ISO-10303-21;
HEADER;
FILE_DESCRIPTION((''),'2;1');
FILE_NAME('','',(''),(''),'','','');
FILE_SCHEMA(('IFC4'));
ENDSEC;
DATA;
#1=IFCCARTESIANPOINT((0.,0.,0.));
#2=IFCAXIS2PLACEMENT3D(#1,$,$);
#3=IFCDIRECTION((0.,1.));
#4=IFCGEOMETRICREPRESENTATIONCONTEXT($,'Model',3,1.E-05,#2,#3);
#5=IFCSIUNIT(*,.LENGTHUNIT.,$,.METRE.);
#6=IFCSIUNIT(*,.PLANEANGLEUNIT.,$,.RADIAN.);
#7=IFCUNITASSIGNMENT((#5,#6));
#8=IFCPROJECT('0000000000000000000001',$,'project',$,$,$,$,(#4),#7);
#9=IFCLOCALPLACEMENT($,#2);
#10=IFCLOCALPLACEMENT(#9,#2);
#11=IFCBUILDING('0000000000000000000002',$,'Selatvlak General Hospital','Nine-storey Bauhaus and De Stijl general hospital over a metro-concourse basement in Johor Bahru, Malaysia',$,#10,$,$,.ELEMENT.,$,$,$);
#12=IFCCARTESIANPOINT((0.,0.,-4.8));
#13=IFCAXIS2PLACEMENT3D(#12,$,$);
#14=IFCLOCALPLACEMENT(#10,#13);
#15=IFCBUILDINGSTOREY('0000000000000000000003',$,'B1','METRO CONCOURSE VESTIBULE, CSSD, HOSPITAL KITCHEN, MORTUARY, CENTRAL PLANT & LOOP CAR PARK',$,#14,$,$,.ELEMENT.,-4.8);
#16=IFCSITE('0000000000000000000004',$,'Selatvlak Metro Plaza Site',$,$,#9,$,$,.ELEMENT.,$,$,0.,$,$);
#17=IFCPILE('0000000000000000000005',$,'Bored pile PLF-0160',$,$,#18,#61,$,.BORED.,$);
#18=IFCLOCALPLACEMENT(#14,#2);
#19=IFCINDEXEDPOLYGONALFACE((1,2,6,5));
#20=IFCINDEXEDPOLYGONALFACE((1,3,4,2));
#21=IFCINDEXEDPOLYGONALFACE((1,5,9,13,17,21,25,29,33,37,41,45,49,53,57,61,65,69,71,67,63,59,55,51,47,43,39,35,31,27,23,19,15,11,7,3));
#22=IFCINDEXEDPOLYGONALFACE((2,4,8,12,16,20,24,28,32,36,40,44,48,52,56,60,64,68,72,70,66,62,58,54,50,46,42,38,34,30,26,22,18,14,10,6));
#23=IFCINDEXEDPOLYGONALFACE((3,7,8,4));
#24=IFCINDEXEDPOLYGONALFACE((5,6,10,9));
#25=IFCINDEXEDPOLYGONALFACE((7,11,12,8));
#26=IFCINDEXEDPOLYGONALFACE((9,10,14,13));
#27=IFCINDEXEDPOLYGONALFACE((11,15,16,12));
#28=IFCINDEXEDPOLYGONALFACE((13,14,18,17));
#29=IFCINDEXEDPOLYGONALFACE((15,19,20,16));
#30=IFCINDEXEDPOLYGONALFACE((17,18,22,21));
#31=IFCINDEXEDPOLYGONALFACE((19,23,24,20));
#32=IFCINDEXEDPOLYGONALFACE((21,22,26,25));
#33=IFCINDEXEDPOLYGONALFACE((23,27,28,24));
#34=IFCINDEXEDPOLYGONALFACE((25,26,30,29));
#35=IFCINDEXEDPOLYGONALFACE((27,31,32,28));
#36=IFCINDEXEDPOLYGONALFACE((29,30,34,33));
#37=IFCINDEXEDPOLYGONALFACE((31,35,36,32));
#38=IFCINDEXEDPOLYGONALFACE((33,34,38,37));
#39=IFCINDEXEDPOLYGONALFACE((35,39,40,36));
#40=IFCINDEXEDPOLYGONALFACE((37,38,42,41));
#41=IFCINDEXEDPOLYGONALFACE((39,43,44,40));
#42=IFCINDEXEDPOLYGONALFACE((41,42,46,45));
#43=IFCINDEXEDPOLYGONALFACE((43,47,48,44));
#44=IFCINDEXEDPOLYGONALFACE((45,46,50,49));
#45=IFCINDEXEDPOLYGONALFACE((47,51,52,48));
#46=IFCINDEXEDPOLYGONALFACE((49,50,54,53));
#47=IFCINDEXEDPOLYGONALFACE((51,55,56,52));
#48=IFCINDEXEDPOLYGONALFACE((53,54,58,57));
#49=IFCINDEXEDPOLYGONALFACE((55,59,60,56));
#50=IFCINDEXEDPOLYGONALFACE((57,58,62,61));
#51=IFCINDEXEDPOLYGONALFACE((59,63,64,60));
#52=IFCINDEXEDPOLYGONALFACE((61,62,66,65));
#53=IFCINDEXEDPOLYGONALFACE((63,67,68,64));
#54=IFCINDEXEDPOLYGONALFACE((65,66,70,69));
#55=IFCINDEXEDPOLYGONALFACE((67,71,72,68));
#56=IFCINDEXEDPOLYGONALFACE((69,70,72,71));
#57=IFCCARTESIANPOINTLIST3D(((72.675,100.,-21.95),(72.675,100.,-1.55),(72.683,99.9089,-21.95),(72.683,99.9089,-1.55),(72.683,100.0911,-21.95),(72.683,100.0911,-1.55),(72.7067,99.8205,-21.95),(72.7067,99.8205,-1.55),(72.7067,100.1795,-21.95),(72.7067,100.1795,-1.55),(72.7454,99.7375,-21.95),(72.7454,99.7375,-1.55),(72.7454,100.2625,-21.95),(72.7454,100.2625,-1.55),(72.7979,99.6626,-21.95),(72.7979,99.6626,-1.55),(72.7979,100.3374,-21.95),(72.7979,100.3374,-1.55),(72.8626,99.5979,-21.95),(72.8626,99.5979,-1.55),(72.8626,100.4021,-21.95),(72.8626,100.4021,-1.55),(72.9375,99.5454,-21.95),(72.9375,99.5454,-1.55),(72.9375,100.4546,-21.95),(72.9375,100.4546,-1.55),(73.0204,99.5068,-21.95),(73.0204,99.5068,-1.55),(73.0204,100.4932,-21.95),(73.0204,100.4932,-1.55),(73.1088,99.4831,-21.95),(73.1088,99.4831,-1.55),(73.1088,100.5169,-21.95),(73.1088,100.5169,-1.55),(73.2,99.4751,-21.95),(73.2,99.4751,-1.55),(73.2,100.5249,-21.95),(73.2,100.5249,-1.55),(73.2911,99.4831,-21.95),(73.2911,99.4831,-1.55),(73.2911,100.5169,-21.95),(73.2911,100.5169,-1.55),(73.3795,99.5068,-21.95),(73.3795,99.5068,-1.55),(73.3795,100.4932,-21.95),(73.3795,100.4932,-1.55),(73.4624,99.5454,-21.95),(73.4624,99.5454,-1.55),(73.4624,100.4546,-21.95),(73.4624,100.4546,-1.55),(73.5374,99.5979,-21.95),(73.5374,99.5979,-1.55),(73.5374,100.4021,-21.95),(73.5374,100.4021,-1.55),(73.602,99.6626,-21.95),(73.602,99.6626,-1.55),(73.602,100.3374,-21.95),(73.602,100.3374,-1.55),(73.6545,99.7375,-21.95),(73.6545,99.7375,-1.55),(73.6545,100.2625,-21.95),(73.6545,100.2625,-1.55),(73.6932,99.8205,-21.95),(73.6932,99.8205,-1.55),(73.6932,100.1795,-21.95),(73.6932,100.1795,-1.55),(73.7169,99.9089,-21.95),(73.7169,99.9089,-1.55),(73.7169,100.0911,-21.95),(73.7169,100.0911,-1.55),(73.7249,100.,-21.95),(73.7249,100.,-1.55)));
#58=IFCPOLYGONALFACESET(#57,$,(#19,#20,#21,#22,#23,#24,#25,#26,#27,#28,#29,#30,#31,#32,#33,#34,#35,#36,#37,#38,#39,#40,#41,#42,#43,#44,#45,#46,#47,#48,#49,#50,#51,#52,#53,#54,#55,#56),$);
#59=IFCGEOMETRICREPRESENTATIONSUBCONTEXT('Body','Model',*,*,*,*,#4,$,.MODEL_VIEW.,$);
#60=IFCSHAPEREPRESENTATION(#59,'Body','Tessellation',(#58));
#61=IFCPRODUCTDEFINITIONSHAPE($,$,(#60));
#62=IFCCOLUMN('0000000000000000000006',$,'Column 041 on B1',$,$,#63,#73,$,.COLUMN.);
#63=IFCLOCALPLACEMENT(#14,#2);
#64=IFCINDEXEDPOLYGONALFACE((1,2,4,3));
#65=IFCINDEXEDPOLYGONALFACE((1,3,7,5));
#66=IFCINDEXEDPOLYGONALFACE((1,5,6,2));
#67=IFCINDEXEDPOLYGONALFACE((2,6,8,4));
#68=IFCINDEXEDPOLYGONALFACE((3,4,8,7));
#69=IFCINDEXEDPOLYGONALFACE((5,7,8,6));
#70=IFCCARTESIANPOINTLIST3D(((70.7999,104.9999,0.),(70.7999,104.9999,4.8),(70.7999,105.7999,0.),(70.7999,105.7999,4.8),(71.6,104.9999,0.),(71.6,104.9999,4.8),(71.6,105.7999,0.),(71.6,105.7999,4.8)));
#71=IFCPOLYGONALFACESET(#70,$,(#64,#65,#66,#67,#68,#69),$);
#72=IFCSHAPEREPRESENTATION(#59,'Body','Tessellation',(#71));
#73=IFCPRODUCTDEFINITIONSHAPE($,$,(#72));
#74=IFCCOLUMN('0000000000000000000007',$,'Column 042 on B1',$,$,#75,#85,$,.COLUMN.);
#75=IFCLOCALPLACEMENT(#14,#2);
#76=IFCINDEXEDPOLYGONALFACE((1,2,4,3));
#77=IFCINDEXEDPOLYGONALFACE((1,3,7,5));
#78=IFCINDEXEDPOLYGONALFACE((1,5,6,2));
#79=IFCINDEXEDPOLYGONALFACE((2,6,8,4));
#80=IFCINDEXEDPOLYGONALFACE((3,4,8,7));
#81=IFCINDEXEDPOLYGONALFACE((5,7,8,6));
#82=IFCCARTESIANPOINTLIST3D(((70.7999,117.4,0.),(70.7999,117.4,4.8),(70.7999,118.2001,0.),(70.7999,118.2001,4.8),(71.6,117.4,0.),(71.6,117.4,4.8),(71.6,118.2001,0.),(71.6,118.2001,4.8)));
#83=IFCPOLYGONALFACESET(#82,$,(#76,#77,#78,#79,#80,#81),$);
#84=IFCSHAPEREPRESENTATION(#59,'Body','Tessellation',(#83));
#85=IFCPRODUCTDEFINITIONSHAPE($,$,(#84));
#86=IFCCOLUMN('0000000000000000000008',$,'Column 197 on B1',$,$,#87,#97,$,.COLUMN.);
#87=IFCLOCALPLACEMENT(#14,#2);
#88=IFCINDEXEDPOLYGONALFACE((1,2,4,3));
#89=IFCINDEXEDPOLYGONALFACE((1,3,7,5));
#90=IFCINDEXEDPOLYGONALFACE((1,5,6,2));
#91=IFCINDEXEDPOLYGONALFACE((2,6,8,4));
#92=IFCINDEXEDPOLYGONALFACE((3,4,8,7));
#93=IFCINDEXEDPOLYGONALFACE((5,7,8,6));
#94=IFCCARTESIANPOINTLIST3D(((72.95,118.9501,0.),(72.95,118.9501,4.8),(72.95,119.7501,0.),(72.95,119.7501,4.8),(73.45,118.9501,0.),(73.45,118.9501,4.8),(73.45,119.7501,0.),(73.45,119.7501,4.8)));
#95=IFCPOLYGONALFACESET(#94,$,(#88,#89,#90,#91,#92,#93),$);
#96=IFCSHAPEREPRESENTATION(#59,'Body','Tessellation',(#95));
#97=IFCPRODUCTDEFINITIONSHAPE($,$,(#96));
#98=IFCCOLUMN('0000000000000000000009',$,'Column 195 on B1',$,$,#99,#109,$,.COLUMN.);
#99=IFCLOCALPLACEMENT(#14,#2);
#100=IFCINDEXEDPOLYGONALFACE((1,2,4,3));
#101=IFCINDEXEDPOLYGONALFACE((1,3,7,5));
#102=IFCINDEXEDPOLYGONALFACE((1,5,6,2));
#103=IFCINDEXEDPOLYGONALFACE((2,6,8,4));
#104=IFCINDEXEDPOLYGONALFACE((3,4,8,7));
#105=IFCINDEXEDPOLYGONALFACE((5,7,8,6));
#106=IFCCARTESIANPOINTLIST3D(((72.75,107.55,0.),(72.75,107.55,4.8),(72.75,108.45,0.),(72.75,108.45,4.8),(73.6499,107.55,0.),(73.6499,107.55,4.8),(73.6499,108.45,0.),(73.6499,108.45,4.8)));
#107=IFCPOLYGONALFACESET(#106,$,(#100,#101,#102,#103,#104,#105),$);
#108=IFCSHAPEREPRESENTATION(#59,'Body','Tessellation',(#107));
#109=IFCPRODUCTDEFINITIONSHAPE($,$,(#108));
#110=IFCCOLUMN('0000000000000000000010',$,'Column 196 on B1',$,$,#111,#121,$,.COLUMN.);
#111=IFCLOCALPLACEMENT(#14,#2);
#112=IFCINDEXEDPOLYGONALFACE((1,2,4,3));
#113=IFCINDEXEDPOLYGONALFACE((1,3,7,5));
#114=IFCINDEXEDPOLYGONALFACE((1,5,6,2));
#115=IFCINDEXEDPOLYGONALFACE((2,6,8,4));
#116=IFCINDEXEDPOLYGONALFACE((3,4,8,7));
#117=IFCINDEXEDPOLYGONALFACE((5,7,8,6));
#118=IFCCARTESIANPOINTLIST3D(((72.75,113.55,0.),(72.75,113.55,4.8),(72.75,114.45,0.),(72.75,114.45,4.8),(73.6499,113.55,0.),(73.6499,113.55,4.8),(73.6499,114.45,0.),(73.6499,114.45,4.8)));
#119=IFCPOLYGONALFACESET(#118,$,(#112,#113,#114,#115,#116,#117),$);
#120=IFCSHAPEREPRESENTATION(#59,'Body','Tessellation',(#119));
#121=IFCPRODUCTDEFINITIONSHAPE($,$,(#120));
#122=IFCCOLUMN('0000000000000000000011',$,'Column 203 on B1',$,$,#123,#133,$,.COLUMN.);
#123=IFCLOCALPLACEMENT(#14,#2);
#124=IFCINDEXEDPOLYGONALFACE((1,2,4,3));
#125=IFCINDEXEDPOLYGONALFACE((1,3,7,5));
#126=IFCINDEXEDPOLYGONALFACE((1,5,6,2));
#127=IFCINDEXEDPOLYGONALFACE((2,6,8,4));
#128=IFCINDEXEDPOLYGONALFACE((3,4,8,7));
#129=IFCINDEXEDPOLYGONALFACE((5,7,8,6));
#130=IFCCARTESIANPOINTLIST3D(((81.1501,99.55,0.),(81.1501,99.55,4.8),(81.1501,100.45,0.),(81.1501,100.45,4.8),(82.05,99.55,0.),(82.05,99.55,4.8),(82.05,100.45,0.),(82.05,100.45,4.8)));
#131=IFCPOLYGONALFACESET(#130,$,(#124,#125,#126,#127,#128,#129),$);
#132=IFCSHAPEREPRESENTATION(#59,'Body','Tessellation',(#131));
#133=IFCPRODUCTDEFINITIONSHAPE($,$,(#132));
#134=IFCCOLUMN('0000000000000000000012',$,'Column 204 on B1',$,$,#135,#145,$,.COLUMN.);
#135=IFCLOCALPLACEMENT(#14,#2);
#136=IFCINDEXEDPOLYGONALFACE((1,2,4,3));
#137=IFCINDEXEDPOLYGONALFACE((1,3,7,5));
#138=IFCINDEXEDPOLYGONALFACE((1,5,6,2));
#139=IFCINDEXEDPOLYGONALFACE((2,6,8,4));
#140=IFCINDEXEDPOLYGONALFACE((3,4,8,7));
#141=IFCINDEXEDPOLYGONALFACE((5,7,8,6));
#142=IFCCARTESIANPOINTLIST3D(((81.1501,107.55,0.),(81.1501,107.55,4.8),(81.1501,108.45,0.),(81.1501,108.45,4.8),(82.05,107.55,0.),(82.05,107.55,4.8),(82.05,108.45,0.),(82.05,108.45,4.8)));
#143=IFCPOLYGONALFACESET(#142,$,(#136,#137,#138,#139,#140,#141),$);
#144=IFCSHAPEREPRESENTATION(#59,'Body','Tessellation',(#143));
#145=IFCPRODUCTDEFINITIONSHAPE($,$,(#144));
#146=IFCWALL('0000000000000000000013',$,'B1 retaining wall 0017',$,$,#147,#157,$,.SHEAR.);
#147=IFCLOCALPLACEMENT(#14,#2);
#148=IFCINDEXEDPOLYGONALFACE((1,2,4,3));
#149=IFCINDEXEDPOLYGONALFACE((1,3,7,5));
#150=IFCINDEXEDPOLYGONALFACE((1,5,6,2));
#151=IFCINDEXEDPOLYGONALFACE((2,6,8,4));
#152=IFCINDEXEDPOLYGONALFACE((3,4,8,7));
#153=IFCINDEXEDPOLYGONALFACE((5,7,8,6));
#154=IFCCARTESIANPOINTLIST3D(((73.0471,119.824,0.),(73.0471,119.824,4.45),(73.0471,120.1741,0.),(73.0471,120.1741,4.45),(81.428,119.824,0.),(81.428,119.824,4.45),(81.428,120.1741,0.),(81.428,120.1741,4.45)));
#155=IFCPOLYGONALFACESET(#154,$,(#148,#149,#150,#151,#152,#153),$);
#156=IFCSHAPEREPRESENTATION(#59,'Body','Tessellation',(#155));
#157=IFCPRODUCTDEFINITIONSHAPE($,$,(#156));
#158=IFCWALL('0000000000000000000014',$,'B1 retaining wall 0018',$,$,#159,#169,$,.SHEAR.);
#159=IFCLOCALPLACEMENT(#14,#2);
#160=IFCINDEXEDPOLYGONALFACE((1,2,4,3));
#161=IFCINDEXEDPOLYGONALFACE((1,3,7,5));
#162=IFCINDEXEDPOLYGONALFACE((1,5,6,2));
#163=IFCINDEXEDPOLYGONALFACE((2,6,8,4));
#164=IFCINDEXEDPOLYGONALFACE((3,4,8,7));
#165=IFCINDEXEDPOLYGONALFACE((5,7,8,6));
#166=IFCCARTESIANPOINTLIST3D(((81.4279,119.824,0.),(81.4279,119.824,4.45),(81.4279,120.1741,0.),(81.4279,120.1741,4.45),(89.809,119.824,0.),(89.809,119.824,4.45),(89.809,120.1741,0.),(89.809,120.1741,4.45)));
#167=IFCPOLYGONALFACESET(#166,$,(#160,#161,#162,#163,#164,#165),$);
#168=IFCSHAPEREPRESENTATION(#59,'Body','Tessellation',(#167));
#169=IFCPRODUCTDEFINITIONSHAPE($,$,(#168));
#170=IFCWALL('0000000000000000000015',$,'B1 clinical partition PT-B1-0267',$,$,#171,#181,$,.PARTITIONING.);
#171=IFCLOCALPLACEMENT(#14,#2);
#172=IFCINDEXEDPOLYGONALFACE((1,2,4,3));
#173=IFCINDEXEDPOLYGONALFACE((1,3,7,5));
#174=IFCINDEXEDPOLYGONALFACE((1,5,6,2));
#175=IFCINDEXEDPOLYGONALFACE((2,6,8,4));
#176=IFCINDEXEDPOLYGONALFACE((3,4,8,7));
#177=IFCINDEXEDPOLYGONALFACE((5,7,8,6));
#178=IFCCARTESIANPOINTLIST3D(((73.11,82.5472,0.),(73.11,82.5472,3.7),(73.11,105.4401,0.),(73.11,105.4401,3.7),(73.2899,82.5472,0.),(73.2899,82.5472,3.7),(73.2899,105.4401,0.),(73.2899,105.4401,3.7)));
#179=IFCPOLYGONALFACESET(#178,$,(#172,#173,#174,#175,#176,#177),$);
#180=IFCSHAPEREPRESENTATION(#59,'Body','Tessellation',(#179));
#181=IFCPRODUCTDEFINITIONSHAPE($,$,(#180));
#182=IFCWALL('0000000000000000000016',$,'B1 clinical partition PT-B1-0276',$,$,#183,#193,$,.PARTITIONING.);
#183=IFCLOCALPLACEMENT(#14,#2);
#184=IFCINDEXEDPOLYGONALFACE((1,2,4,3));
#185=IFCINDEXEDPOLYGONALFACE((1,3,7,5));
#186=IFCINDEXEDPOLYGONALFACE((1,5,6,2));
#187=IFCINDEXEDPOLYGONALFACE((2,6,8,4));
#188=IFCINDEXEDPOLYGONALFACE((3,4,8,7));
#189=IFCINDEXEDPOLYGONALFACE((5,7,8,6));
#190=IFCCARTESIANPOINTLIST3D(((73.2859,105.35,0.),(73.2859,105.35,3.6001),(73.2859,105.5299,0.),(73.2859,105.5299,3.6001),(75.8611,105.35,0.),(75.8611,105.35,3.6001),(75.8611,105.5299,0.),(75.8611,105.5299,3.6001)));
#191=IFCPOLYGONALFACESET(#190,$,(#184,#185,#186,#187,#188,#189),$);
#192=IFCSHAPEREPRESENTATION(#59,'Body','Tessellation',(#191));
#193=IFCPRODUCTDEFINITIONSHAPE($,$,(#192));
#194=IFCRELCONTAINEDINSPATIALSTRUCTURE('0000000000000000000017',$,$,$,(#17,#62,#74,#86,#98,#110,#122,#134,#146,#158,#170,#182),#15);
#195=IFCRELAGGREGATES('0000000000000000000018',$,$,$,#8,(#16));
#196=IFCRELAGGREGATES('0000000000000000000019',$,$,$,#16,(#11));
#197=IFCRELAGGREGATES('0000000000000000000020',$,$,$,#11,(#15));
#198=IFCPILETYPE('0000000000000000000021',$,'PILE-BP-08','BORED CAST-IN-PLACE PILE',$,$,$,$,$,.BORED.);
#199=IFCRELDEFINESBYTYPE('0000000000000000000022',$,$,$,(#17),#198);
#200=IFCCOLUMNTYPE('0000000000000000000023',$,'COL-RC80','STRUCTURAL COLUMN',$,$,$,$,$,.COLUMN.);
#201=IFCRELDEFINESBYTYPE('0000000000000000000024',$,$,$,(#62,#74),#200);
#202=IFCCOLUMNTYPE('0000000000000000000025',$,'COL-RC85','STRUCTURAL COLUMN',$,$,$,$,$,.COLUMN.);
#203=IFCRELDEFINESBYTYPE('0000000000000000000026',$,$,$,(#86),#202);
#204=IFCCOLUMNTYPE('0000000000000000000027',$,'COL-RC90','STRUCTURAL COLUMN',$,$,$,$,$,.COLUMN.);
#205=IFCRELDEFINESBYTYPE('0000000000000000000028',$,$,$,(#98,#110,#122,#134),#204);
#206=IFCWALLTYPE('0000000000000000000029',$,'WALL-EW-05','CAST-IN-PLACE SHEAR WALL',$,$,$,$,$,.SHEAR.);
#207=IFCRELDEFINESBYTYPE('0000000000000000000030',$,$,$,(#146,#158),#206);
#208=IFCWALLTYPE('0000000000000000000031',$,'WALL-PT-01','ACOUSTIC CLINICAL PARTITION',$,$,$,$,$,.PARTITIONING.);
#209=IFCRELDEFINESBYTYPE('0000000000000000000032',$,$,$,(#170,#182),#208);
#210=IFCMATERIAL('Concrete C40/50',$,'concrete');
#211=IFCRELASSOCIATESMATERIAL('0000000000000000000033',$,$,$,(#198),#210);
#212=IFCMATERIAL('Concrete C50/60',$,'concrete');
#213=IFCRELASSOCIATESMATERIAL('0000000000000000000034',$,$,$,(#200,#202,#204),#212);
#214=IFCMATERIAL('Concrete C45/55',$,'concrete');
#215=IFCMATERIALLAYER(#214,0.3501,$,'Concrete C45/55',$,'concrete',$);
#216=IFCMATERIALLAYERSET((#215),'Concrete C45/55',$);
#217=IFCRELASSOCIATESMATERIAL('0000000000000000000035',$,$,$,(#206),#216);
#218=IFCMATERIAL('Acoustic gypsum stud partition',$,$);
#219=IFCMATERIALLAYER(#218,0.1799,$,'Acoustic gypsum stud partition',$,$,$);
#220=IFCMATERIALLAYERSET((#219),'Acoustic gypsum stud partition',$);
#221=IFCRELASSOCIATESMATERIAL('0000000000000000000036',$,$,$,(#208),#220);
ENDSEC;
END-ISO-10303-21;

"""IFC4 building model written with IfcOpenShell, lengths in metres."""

from ifc_helpers import new_model, si_unit, direction, frame, frame_2d, origin, origin_2d, place, context, subcontext, project, spatial, rectangle, circle, extrude, material, layer, layer_set, material_profile, profile_set, type_object, element, save


model = new_model("IFC4")

# Units and contexts
model_context = context("Model", 3, precision=1e-05, world=origin(), true_north=direction((0.0, 1.0)))
body_context = subcontext(model_context, "Body", "Model", "MODEL_VIEW")
ifc_project = project(units=[si_unit("LENGTHUNIT", "METRE"), si_unit("PLANEANGLEUNIT", "RADIAN")], contexts=[model_context])

# Site, building, storey
site_placement = place(None, origin())
site = spatial("IfcSite", under=ifc_project, at=site_placement, Name="Selatvlak Metro Plaza Site", CompositionType="ELEMENT", RefElevation=0.0)
building_placement = place(site_placement, origin())
building = spatial("IfcBuilding", under=site, at=building_placement, Name="Selatvlak General Hospital", Description="Nine-storey Bauhaus and De Stijl general hospital over a metro-concourse basement in Johor Bahru, Malaysia", CompositionType="ELEMENT")
storey_placement = place(building_placement, frame((0.0, 0.0, -4.8)))
storey = spatial("IfcBuildingStorey", under=building, at=storey_placement, Name="B1", Description="METRO CONCOURSE VESTIBULE, CSSD, HOSPITAL KITCHEN, MORTUARY, CENTRAL PLANT & LOOP CAR PARK", CompositionType="ELEMENT", Elevation=-4.8)

# Shared definitions
ifc_material_1 = material(Name="Concrete C40/50", Category="concrete")

# Pile
ifc_material_profile_1 = material_profile(ifc_material_1, circle(Radius=0.5249, at=origin_2d()), Name="BORED PILE 1050")
ifc_profile_set_1 = profile_set([ifc_material_profile_1], Name="Concrete C40/50")
pile_type_1 = type_object("IfcPileType", Name="PILE-BP-08", Description="BORED CAST-IN-PLACE PILE", PredefinedType="BORED", material=ifc_profile_set_1)
pile_placement = place(storey_placement, frame((73.2, 100.0, -1.55), z_axis=(0.0, 0.0, -1.0), x_axis=(1.0, 0.0, 0.0)))
element("IfcPile", 1, at=pile_placement, inside=storey, type_object=pile_type_1, Name="Bored pile PLF-0160", PredefinedType="BORED", context=body_context, shape_type="SweptSolid", body=[
    extrude(circle(Radius=0.5249, at=origin_2d()), origin(), (0.0, 0.0, 1.0), 20.3999),
])

# Columns
ifc_material_2 = material(Name="Concrete C50/60", Category="concrete")
ifc_material_profile_2 = material_profile(ifc_material_2, rectangle(XDim=0.8, YDim=0.8, at=origin_2d()), Name="RC-COL 800x800")
ifc_profile_set_2 = profile_set([ifc_material_profile_2], Name="Concrete C50/60")
column_type_1 = type_object("IfcColumnType", Name="COL-RC80", Description="STRUCTURAL COLUMN", PredefinedType="COLUMN", material=ifc_profile_set_2)
for number, where, z_axis, x_axis, name in (
    (2, (71.2, 105.3999, 0.0), (0.0, 0.0, 1.0), (1.0, 0.0, 0.0), "Column 041 on B1"),
    (3, (71.2, 117.8, 0.0), (0.0, 0.0, 1.0), (1.0, 0.0, 0.0), "Column 042 on B1"),
):
    element("IfcColumn", number, at=place(storey_placement, frame(where, z_axis=z_axis, x_axis=x_axis)), inside=storey, type_object=column_type_1, Name=name, PredefinedType="COLUMN", context=body_context, shape_type="SweptSolid", body=[
        extrude(rectangle(XDim=0.8, YDim=0.8, at=origin_2d()), origin(), (0.0, 0.0, 1.0), 4.8),
    ])
ifc_material_profile_3 = material_profile(ifc_material_2, rectangle(XDim=0.5, YDim=0.8, at=origin_2d()), Name="RC-COL 800x500")
ifc_profile_set_3 = profile_set([ifc_material_profile_3], Name="Concrete C50/60")
column_type_2 = type_object("IfcColumnType", Name="COL-RC85", Description="STRUCTURAL COLUMN", PredefinedType="COLUMN", material=ifc_profile_set_3)
column_placement = place(storey_placement, frame((73.2, 119.3501, 0.0), z_axis=(0.0, 0.0, 1.0), x_axis=(1.0, 0.0, 0.0)))
element("IfcColumn", 4, at=column_placement, inside=storey, type_object=column_type_2, Name="Column 197 on B1", PredefinedType="COLUMN", context=body_context, shape_type="SweptSolid", body=[
    extrude(rectangle(XDim=0.5, YDim=0.8, at=origin_2d()), origin(), (0.0, 0.0, 1.0), 4.8),
])
ifc_material_profile_4 = material_profile(ifc_material_2, rectangle(XDim=0.8999, YDim=0.8999, at=origin_2d()), Name="RC-COL 900x900")
ifc_profile_set_4 = profile_set([ifc_material_profile_4], Name="Concrete C50/60")
column_type_3 = type_object("IfcColumnType", Name="COL-RC90", Description="STRUCTURAL COLUMN", PredefinedType="COLUMN", material=ifc_profile_set_4)
for number, where, z_axis, x_axis, name in (
    (5, (73.2, 108.0, 0.0), (0.0, 0.0, 1.0), (1.0, 0.0, 0.0), "Column 195 on B1"),
    (6, (73.2, 114.0, 0.0), (0.0, 0.0, 1.0), (1.0, 0.0, 0.0), "Column 196 on B1"),
    (7, (81.6001, 100.0, 0.0), (0.0, 0.0, 1.0), (1.0, 0.0, 0.0), "Column 203 on B1"),
    (8, (81.6001, 108.0, 0.0), (0.0, 0.0, 1.0), (1.0, 0.0, 0.0), "Column 204 on B1"),
):
    element("IfcColumn", number, at=place(storey_placement, frame(where, z_axis=z_axis, x_axis=x_axis)), inside=storey, type_object=column_type_3, Name=name, PredefinedType="COLUMN", context=body_context, shape_type="SweptSolid", body=[
        extrude(rectangle(XDim=0.8999, YDim=0.8999, at=origin_2d()), origin(), (0.0, 0.0, 1.0), 4.8),
    ])

# Walls
ifc_material_3 = material(Name="Concrete C45/55", Category="concrete")
ifc_layer_1 = layer(ifc_material_3, 0.3501, Name="Concrete C45/55", Category="concrete")
ifc_layer_set_1 = layer_set([ifc_layer_1], Name="Concrete C45/55")
wall_type_1 = type_object("IfcWallType", Name="WALL-EW-05", Description="CAST-IN-PLACE SHEAR WALL", PredefinedType="SHEAR", material=ifc_layer_set_1)
wall_1_placement = place(storey_placement, frame((73.0471, 119.999, 0.0), z_axis=(0.0, 0.0, 1.0), x_axis=(1.0, 0.0, 0.0)))
element("IfcWall", 9, at=wall_1_placement, inside=storey, type_object=wall_type_1, Name="B1 retaining wall 0017", PredefinedType="SHEAR", context=body_context, shape_type="SweptSolid", body=[
    extrude(rectangle(XDim=8.3809, YDim=0.3501, at=frame_2d((4.1904, 0.0))), origin(), (0.0, 0.0, 1.0), 4.45),
])
wall_2_placement = place(storey_placement, frame((81.428, 119.999, 0.0), z_axis=(0.0, 0.0, 1.0), x_axis=(1.0, 0.0, 0.0)))
element("IfcWall", 10, at=wall_2_placement, inside=storey, type_object=wall_type_1, Name="B1 retaining wall 0018", PredefinedType="SHEAR", context=body_context, shape_type="SweptSolid", body=[
    extrude(rectangle(XDim=8.3811, YDim=0.3501, at=frame_2d((4.1904, 0.0))), origin(), (0.0, 0.0, 1.0), 4.45),
])
ifc_material_4 = material(Name="Acoustic gypsum stud partition")
ifc_layer_2 = layer(ifc_material_4, 0.1799, Name="Acoustic gypsum stud partition")
ifc_layer_set_2 = layer_set([ifc_layer_2], Name="Acoustic gypsum stud partition")
wall_type_2 = type_object("IfcWallType", Name="WALL-PT-01", Description="ACOUSTIC CLINICAL PARTITION", PredefinedType="PARTITIONING", material=ifc_layer_set_2)
wall_3_placement = place(storey_placement, frame((73.2, 105.4399, 0.0), z_axis=(0.0, 0.0, 1.0), x_axis=(0.0, -1.0, 0.0)))
element("IfcWall", 11, at=wall_3_placement, inside=storey, type_object=wall_type_2, Name="B1 clinical partition PT-B1-0267", PredefinedType="PARTITIONING", context=body_context, shape_type="SweptSolid", body=[
    extrude(rectangle(XDim=22.8928, YDim=0.1799, at=frame_2d((11.4463, 0.0))), origin(), (0.0, 0.0, 1.0), 3.7),
])
wall_4_placement = place(storey_placement, frame((73.2859, 105.4399, 0.0), z_axis=(0.0, 0.0, 1.0), x_axis=(1.0, 0.0, 0.0)))
element("IfcWall", 12, at=wall_4_placement, inside=storey, type_object=wall_type_2, Name="B1 clinical partition PT-B1-0276", PredefinedType="PARTITIONING", context=body_context, shape_type="SweptSolid", body=[
    extrude(rectangle(XDim=2.5752, YDim=0.1799, at=frame_2d((1.2876, 0.0))), origin(), (0.0, 0.0, 1.0), 3.6001),
])

save(model, "model.ifc")
